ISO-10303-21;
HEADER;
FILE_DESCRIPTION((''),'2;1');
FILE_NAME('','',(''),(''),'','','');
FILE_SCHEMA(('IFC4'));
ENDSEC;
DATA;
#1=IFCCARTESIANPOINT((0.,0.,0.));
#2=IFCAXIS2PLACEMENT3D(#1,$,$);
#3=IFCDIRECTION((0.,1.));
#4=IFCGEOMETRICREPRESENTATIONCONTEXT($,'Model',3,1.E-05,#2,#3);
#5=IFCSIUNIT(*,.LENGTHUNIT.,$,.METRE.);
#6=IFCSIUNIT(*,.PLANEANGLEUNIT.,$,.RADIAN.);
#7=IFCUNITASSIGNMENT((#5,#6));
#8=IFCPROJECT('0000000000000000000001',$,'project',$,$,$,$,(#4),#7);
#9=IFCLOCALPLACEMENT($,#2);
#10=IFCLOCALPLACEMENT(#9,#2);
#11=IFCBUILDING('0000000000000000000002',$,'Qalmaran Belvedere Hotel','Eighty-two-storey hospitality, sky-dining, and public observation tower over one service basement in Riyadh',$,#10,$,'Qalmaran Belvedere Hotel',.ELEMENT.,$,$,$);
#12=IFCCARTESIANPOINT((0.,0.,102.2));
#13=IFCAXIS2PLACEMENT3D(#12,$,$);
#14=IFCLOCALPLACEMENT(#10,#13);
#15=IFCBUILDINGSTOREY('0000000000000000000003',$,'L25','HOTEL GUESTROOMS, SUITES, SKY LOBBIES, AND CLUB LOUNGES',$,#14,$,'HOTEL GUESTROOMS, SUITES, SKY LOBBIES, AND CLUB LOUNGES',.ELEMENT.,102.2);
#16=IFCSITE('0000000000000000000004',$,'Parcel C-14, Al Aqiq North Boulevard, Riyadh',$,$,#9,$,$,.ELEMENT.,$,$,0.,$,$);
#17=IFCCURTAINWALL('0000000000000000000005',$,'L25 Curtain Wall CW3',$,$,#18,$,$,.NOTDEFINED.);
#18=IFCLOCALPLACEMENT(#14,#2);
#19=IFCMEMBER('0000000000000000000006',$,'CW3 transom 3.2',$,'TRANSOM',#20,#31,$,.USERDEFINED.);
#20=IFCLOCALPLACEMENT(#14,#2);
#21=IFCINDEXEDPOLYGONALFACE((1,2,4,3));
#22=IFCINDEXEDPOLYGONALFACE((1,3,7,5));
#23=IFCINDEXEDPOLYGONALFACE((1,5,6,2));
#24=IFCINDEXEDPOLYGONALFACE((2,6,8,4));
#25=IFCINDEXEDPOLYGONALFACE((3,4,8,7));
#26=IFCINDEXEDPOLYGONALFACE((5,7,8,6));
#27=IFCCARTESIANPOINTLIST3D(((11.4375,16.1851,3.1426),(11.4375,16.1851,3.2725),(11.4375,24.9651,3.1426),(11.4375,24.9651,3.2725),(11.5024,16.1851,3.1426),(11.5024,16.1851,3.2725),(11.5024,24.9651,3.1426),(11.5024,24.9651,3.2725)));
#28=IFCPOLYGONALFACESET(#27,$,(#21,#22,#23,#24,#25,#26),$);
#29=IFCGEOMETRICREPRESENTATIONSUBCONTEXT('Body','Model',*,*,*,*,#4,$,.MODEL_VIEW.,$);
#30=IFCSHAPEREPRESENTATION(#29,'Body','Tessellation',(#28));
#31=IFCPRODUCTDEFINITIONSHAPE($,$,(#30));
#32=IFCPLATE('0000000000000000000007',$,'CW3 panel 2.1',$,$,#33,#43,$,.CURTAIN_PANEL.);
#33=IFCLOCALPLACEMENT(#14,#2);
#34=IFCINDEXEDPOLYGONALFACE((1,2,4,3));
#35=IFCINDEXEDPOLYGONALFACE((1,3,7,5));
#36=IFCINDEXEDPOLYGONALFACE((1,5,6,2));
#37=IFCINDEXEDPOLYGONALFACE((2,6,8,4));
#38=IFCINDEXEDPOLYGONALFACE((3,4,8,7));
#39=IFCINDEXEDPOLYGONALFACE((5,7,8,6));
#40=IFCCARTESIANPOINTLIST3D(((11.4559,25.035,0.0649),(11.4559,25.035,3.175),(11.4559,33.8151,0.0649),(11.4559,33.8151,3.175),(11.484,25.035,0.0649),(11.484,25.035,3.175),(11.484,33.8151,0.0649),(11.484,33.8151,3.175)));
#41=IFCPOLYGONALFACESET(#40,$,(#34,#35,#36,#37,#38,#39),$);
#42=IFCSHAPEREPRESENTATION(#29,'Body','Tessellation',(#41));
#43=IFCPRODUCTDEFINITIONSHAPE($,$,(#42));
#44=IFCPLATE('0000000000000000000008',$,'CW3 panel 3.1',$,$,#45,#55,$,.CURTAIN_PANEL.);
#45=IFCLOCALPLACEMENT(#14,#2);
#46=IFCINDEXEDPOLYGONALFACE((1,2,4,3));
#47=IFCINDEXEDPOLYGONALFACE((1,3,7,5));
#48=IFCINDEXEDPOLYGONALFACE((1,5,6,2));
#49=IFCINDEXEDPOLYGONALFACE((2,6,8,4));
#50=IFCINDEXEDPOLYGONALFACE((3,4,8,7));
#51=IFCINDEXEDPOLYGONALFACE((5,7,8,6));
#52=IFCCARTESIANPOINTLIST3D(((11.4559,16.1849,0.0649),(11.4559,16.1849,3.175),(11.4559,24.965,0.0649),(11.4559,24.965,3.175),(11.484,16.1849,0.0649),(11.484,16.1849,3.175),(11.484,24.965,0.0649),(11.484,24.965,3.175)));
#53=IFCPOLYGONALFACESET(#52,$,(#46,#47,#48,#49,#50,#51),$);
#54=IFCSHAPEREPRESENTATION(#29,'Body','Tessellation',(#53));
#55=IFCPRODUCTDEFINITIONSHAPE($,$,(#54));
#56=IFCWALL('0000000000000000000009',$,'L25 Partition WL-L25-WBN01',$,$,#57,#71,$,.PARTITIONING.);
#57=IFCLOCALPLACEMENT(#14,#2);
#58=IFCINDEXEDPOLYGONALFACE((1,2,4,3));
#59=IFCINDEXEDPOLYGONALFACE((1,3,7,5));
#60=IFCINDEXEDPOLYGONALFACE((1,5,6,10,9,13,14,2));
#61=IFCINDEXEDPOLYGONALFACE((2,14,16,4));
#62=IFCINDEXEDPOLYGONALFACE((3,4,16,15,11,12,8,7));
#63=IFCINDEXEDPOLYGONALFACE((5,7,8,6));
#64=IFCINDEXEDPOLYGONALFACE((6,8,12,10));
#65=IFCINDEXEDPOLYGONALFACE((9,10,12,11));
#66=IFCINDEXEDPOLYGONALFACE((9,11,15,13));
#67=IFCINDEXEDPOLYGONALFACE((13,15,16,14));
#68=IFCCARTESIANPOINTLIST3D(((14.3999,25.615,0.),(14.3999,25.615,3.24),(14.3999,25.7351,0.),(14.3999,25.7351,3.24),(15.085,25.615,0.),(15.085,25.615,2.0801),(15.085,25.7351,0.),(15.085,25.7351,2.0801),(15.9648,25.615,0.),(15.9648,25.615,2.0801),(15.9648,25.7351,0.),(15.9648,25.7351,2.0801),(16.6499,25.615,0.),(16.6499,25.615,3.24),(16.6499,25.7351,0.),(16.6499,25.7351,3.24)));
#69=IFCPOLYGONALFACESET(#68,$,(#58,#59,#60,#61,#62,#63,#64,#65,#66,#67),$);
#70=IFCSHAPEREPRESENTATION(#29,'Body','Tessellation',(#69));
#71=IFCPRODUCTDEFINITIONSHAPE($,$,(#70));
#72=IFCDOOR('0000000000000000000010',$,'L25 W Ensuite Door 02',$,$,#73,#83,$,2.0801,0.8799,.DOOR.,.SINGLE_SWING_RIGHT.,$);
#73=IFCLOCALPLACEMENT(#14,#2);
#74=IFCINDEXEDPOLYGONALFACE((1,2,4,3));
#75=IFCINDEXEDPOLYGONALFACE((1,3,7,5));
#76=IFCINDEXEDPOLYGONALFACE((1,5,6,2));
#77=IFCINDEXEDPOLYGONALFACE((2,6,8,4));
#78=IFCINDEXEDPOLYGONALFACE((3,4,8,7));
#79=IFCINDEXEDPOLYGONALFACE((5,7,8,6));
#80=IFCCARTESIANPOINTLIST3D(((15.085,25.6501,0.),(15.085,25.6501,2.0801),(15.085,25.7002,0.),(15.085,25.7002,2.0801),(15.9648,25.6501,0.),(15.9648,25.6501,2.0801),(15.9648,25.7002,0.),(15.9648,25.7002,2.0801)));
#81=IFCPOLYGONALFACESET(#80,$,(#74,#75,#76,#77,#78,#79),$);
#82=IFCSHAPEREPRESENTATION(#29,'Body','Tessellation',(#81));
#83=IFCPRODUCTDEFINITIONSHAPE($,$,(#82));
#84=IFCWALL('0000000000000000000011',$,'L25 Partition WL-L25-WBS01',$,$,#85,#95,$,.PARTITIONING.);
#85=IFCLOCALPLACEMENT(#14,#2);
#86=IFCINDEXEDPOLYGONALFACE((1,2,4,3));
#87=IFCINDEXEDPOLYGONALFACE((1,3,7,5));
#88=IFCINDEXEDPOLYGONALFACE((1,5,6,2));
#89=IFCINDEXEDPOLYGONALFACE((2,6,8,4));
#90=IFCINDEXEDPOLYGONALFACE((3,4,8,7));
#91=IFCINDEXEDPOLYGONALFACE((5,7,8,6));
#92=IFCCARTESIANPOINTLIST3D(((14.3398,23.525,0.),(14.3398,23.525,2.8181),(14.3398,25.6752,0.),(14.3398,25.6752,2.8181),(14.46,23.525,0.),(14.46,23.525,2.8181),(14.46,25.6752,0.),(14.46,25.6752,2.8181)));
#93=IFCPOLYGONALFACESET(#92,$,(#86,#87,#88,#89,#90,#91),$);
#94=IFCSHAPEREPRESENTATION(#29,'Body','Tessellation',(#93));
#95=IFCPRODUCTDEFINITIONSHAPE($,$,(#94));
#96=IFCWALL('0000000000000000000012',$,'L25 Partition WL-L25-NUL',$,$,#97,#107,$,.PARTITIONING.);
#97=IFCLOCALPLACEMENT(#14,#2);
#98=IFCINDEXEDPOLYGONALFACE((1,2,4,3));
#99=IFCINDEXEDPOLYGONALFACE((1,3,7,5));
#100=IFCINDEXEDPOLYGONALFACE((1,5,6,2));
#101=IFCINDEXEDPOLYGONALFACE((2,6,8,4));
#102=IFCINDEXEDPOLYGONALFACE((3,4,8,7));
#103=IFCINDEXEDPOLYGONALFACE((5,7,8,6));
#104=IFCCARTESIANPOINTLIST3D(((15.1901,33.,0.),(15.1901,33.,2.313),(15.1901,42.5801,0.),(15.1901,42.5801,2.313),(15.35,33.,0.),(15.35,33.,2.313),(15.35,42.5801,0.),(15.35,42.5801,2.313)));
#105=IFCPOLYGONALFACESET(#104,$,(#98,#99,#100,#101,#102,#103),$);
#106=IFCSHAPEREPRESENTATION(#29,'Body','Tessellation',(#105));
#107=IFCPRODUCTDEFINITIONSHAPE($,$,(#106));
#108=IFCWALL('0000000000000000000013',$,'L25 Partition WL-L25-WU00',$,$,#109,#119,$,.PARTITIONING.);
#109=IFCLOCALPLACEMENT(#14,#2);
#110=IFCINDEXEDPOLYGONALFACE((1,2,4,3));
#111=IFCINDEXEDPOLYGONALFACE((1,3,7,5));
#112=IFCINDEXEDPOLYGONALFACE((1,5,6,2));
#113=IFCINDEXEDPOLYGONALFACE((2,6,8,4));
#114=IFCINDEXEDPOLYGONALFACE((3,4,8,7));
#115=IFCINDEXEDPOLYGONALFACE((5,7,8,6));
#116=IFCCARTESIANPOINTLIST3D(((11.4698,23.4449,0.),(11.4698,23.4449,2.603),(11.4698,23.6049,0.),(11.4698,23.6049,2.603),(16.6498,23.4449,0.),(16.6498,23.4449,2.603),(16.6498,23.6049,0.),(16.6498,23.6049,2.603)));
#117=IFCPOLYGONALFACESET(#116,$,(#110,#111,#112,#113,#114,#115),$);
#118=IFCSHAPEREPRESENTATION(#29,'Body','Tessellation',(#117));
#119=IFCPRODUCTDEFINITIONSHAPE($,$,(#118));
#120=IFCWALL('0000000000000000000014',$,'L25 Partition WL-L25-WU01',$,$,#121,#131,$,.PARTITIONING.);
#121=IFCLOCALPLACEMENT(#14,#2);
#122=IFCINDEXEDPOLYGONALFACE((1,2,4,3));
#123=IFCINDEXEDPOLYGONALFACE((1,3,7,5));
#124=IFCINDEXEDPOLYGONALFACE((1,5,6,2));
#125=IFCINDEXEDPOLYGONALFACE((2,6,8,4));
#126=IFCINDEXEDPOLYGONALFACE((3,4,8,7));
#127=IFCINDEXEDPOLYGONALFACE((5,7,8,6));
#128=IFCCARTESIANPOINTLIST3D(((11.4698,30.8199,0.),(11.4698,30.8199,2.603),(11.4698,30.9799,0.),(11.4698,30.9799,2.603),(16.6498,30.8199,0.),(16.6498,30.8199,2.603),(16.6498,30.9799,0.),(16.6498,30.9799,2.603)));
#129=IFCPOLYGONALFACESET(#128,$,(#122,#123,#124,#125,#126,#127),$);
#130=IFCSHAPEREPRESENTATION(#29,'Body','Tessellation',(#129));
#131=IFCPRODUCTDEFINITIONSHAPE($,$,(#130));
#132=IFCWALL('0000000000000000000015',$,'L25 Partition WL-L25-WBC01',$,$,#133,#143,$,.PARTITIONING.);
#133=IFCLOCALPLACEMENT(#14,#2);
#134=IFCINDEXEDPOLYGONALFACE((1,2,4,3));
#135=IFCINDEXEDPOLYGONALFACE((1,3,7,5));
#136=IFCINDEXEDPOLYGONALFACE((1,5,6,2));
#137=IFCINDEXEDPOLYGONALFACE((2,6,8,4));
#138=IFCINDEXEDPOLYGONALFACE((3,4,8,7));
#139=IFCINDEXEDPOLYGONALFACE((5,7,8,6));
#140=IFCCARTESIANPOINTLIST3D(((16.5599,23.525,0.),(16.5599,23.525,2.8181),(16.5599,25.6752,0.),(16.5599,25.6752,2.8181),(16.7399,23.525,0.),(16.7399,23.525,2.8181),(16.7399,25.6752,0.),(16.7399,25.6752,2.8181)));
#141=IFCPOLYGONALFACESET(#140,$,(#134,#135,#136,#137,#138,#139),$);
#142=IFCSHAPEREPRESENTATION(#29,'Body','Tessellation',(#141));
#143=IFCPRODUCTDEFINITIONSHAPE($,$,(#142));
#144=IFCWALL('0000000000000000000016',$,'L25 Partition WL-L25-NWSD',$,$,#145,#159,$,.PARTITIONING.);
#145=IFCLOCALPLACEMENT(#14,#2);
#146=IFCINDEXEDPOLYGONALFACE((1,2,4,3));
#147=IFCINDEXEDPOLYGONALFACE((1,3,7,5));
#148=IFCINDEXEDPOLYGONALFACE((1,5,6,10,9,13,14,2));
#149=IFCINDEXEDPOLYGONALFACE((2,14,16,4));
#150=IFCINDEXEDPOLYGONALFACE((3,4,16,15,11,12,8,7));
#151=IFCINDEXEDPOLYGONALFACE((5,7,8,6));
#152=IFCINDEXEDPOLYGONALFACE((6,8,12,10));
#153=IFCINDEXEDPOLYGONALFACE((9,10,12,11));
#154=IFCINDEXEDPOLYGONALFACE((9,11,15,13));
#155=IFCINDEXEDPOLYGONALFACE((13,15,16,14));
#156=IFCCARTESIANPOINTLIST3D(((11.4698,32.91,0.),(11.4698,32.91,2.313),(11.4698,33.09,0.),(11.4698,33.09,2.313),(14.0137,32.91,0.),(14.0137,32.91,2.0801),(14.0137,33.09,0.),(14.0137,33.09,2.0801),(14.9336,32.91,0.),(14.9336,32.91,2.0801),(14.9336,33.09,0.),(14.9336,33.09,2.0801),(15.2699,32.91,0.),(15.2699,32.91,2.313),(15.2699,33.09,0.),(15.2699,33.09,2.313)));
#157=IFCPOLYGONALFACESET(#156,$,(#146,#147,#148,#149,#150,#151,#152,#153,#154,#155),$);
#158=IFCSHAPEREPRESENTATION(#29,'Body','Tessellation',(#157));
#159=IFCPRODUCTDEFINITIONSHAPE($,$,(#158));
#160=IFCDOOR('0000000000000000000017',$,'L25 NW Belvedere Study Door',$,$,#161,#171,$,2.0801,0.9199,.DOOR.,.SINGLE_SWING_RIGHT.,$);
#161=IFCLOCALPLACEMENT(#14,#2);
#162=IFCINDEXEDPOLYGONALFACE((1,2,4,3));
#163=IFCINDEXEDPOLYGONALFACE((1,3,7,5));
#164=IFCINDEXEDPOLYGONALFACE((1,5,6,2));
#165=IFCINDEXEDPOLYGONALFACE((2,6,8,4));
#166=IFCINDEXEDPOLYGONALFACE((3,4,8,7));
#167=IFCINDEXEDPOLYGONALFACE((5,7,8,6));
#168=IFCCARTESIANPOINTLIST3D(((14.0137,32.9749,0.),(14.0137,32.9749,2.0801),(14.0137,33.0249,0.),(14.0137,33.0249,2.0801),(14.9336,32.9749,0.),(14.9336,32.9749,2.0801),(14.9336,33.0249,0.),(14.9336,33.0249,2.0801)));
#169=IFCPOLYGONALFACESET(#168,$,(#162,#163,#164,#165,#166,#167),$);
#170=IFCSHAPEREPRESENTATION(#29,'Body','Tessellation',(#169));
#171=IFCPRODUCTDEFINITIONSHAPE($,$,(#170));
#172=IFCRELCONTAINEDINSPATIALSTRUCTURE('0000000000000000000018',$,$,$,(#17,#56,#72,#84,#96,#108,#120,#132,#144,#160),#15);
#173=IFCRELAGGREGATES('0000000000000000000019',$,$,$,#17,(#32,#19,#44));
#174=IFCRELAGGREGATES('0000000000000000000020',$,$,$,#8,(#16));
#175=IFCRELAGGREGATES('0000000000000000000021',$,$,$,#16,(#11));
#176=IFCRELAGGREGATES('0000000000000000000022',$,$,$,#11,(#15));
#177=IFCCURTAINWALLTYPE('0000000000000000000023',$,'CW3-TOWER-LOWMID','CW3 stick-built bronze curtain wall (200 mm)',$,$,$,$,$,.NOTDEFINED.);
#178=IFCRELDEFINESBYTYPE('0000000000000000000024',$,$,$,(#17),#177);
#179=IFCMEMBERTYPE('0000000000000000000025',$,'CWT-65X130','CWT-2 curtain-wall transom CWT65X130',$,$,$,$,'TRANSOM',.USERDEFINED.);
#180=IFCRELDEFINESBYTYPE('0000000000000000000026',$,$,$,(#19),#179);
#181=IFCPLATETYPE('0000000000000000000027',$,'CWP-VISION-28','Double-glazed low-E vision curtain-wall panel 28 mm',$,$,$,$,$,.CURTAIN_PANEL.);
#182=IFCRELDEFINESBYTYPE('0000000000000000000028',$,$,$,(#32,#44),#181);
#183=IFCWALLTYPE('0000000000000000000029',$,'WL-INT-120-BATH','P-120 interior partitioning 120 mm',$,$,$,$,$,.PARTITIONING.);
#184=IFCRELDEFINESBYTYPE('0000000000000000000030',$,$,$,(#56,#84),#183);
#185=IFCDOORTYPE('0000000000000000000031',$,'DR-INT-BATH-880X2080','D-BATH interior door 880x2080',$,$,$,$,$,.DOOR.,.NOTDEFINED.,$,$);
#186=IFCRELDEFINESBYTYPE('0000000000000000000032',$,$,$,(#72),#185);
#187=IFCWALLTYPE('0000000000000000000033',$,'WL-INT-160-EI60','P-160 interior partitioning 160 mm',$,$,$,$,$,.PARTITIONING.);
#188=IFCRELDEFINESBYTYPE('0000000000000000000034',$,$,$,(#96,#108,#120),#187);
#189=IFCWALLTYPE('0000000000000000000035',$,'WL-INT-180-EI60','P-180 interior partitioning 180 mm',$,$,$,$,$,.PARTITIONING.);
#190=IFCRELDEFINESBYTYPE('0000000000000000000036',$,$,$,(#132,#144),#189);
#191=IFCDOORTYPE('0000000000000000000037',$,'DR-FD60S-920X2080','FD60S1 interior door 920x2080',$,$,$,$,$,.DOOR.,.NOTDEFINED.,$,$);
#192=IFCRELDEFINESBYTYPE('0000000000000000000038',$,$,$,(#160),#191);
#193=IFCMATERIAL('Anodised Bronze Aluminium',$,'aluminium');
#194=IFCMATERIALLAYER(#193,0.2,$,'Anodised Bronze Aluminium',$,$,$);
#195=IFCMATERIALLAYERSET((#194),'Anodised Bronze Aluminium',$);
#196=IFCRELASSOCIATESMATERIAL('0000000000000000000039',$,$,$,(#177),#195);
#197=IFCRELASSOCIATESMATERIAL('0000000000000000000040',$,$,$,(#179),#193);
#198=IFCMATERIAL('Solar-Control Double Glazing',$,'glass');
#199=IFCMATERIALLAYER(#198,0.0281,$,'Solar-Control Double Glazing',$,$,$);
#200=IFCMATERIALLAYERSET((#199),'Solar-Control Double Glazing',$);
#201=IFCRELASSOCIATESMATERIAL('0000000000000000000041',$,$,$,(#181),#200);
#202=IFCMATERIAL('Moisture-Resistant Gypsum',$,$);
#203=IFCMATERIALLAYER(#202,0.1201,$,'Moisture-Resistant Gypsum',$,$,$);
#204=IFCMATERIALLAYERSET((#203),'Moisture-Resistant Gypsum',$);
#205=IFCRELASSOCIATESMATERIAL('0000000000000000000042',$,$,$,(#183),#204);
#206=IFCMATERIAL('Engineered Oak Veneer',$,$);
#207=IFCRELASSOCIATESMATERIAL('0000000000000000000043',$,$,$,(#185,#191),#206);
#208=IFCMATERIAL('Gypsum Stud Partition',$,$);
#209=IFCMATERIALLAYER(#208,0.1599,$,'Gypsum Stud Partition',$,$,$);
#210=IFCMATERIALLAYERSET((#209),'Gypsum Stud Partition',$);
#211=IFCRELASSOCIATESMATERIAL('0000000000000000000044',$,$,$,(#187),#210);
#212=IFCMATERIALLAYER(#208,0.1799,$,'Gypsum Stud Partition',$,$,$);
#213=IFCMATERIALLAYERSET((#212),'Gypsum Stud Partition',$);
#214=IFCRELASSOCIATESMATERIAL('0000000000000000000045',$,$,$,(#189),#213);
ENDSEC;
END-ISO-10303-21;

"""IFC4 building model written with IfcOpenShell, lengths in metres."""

from ifc_helpers import new_model, si_unit, direction, frame, frame_2d, origin, origin_2d, place, context, subcontext, project, spatial, rectangle, extrude, material, layer, layer_set, material_profile, profile_set, type_object, element, fill, aggregate, save


model = new_model("IFC4")

# Units and contexts
model_context = context("Model", 3, precision=1e-05, world=origin(), true_north=direction((0.0, 1.0)))
body_context = subcontext(model_context, "Body", "Model", "MODEL_VIEW")
ifc_project = project(units=[si_unit("LENGTHUNIT", "METRE"), si_unit("PLANEANGLEUNIT", "RADIAN")], contexts=[model_context])

# Site, building, storey
site_placement = place(None, origin())
site = spatial("IfcSite", under=ifc_project, at=site_placement, Name="Parcel C-14, Al Aqiq North Boulevard, Riyadh", CompositionType="ELEMENT", RefElevation=0.0)
building_placement = place(site_placement, origin())
building = spatial("IfcBuilding", under=site, at=building_placement, Name="Qalmaran Belvedere Hotel", Description="Eighty-two-storey hospitality, sky-dining, and public observation tower over one service basement in Riyadh", LongName="Qalmaran Belvedere Hotel", CompositionType="ELEMENT")
storey_placement = place(building_placement, frame((0.0, 0.0, 102.2)))
storey = spatial("IfcBuildingStorey", under=building, at=storey_placement, Name="L25", Description="HOTEL GUESTROOMS, SUITES, SKY LOBBIES, AND CLUB LOUNGES", LongName="HOTEL GUESTROOMS, SUITES, SKY LOBBIES, AND CLUB LOUNGES", CompositionType="ELEMENT", Elevation=102.2)

# Curtain wall, member, plates
ifc_material_1 = material(Name="Anodised Bronze Aluminium", Category="aluminium")
ifc_layer_1 = layer(ifc_material_1, 0.2, Name="Anodised Bronze Aluminium")
ifc_layer_set_1 = layer_set([ifc_layer_1], Name="Anodised Bronze Aluminium")
curtain_wall_type = type_object("IfcCurtainWallType", Name="CW3-TOWER-LOWMID", Description="CW3 stick-built bronze curtain wall (200 mm)", PredefinedType="NOTDEFINED", material=ifc_layer_set_1)
curtain_wall_placement = place(storey_placement, origin())
curtain_wall = element("IfcCurtainWall", 1, at=curtain_wall_placement, inside=storey, type_object=curtain_wall_type, Name="L25 Curtain Wall CW3", PredefinedType="NOTDEFINED")
ifc_material_profile_1 = material_profile(ifc_material_1, rectangle(XDim=0.0649, YDim=0.1299, at=origin_2d()), Name="CWT65X130")
ifc_profile_set_1 = profile_set([ifc_material_profile_1], Name="Anodised Bronze Aluminium")
member_type_1 = type_object("IfcMemberType", Name="CWT-65X130", Description="CWT-2 curtain-wall transom CWT65X130", ElementType="TRANSOM", PredefinedType="USERDEFINED", material=ifc_profile_set_1)
member_1_placement = place(storey_placement, frame((11.47, 24.9651, 3.2075), z_axis=(0.0, -1.0, 0.0), x_axis=(1.0, 0.0, 0.0)))
member_1 = element("IfcMember", 2, at=member_1_placement, type_object=member_type_1, Name="CW3 transom 3.2", ObjectType="TRANSOM", PredefinedType="USERDEFINED", context=body_context, shape_type="SweptSolid", body=[
    extrude(rectangle(XDim=0.0649, YDim=0.1299, at=origin_2d()), origin(), (0.0, 0.0, 1.0), 8.78),
])
ifc_material_2 = material(Name="Solar-Control Double Glazing", Category="glass")
ifc_layer_2 = layer(ifc_material_2, 0.0281, Name="Solar-Control Double Glazing")
ifc_layer_set_2 = layer_set([ifc_layer_2], Name="Solar-Control Double Glazing")
plate_type = type_object("IfcPlateType", Name="CWP-VISION-28", Description="Double-glazed low-E vision curtain-wall panel 28 mm", PredefinedType="CURTAIN_PANEL", material=ifc_layer_set_2)
plate_1_placement = place(storey_placement, frame((11.47, 29.425, 0.0649), z_axis=(0.0, 0.0, 1.0), x_axis=(0.0, -1.0, 0.0)))
plate_1 = element("IfcPlate", 3, at=plate_1_placement, type_object=plate_type, Name="CW3 panel 2.1", PredefinedType="CURTAIN_PANEL", context=body_context, shape_type="SweptSolid", body=[
    extrude(rectangle(XDim=8.78, YDim=0.0281, at=origin_2d()), origin(), (0.0, 0.0, 1.0), 3.1101),
])
plate_2_placement = place(storey_placement, frame((11.47, 20.575, 0.0649), z_axis=(0.0, 0.0, 1.0), x_axis=(0.0, -1.0, 0.0)))
plate_2 = element("IfcPlate", 4, at=plate_2_placement, type_object=plate_type, Name="CW3 panel 3.1", PredefinedType="CURTAIN_PANEL", context=body_context, shape_type="SweptSolid", body=[
    extrude(rectangle(XDim=8.78, YDim=0.0281, at=origin_2d()), origin(), (0.0, 0.0, 1.0), 3.1101),
])
aggregate(curtain_wall, [plate_1, member_1, plate_2])

# Wall, opening, door
ifc_material_3 = material(Name="Moisture-Resistant Gypsum")
ifc_layer_3 = layer(ifc_material_3, 0.1201, Name="Moisture-Resistant Gypsum")
ifc_layer_set_3 = layer_set([ifc_layer_3], Name="Moisture-Resistant Gypsum")
wall_type_1 = type_object("IfcWallType", Name="WL-INT-120-BATH", Description="P-120 interior partitioning 120 mm", PredefinedType="PARTITIONING", material=ifc_layer_set_3)
wall_1_placement = place(storey_placement, frame((14.3999, 25.675, 0.0), z_axis=(0.0, 0.0, 1.0), x_axis=(1.0, 0.0, 0.0)))
wall_1 = element("IfcWall", 5, at=wall_1_placement, inside=storey, type_object=wall_type_1, Name="L25 Partition WL-L25-WBN01", PredefinedType="PARTITIONING", context=body_context, shape_type="SweptSolid", body=[
    extrude(rectangle(XDim=2.25, YDim=0.1201, at=frame_2d((1.125, 0.0))), origin(), (0.0, 0.0, 1.0), 3.24),
])
opening_1_placement = place(wall_1_placement, frame((1.5649, 0.0, 0.0), z_axis=(0.0, 0.0, 1.0), x_axis=(-1.0, 0.0, 0.0)))
opening_1 = element("IfcOpeningElement", 6, at=opening_1_placement, cuts=wall_1, PredefinedType="OPENING", context=body_context, shape_type="SweptSolid", body=[
    extrude(rectangle(XDim=0.8799, YDim=2.0801, at=frame_2d((0.4399, 1.04))), frame((0.0, 0.0701, 0.0), z_axis=(0.0, -1.0, 0.0), x_axis=(1.0, 0.0, 0.0)), (0.0, 0.0, 1.0), 0.1401),
])
ifc_material_4 = material(Name="Engineered Oak Veneer")
door_type_1 = type_object("IfcDoorType", Name="DR-INT-BATH-880X2080", Description="D-BATH interior door 880x2080", OperationType="NOTDEFINED", PredefinedType="DOOR", material=ifc_material_4)
door_1_placement = place(opening_1_placement, origin())
door_1 = element("IfcDoor", 7, at=door_1_placement, inside=storey, type_object=door_type_1, Name="L25 W Ensuite Door 02", OperationType="SINGLE_SWING_RIGHT", OverallHeight=2.0801, OverallWidth=0.8799, PredefinedType="DOOR", context=body_context, shape_type="SweptSolid", body=[
    extrude(rectangle(XDim=0.8799, YDim=2.0801, at=frame_2d((0.4399, 1.04))), frame((0.0, 0.0249, 0.0), z_axis=(0.0, -1.0, 0.0), x_axis=(1.0, 0.0, 0.0)), (0.0, 0.0, 1.0), 0.05),
])
fill(opening_1, door_1)

# Wall
wall_2_placement = place(storey_placement, frame((14.3999, 23.5249, 0.0), z_axis=(0.0, 0.0, 1.0), x_axis=(0.0, 1.0, 0.0)))
element("IfcWall", 8, at=wall_2_placement, inside=storey, type_object=wall_type_1, Name="L25 Partition WL-L25-WBS01", PredefinedType="PARTITIONING", context=body_context, shape_type="SweptSolid", body=[
    extrude(rectangle(XDim=2.1501, YDim=0.1201, at=frame_2d((1.0752, 0.0))), origin(), (0.0, 0.0, 1.0), 2.8181),
])

# Shared definitions
ifc_material_5 = material(Name="Gypsum Stud Partition")

# Walls
ifc_layer_4 = layer(ifc_material_5, 0.1599, Name="Gypsum Stud Partition")
ifc_layer_set_4 = layer_set([ifc_layer_4], Name="Gypsum Stud Partition")
wall_type_2 = type_object("IfcWallType", Name="WL-INT-160-EI60", Description="P-160 interior partitioning 160 mm", PredefinedType="PARTITIONING", material=ifc_layer_set_4)
wall_3_placement = place(storey_placement, frame((15.27, 33.0, 0.0), z_axis=(0.0, 0.0, 1.0), x_axis=(0.0, 1.0, 0.0)))
element("IfcWall", 9, at=wall_3_placement, inside=storey, type_object=wall_type_2, Name="L25 Partition WL-L25-NUL", PredefinedType="PARTITIONING", context=body_context, shape_type="SweptSolid", body=[
    extrude(rectangle(XDim=9.5801, YDim=0.1599, at=frame_2d((4.79, 0.0))), origin(), (0.0, 0.0, 1.0), 2.313),
])
for number, where, z_axis, x_axis, name in (
    (10, (11.47, 23.5249, 0.0), (0.0, 0.0, 1.0), (1.0, 0.0, 0.0), "L25 Partition WL-L25-WU00"),
    (11, (11.47, 30.8999, 0.0), (0.0, 0.0, 1.0), (1.0, 0.0, 0.0), "L25 Partition WL-L25-WU01"),
):
    element("IfcWall", number, at=place(storey_placement, frame(where, z_axis=z_axis, x_axis=x_axis)), inside=storey, type_object=wall_type_2, Name=name, PredefinedType="PARTITIONING", context=body_context, shape_type="SweptSolid", body=[
        extrude(rectangle(XDim=5.1799, YDim=0.1599, at=frame_2d((2.5898, 0.0))), origin(), (0.0, 0.0, 1.0), 2.603),
    ])

# Shared definitions
ifc_layer_5 = layer(ifc_material_5, 0.1799, Name="Gypsum Stud Partition")
ifc_layer_set_5 = layer_set([ifc_layer_5], Name="Gypsum Stud Partition")
wall_type_3 = type_object("IfcWallType", Name="WL-INT-180-EI60", Description="P-180 interior partitioning 180 mm", PredefinedType="PARTITIONING", material=ifc_layer_set_5)

# Wall
wall_4_placement = place(storey_placement, frame((16.6499, 23.5249, 0.0), z_axis=(0.0, 0.0, 1.0), x_axis=(0.0, 1.0, 0.0)))
element("IfcWall", 12, at=wall_4_placement, inside=storey, type_object=wall_type_3, Name="L25 Partition WL-L25-WBC01", PredefinedType="PARTITIONING", context=body_context, shape_type="SweptSolid", body=[
    extrude(rectangle(XDim=2.1501, YDim=0.1799, at=frame_2d((1.0752, 0.0))), origin(), (0.0, 0.0, 1.0), 2.8181),
])

# Wall, opening, door
wall_5_placement = place(storey_placement, frame((11.47, 33.0, 0.0), z_axis=(0.0, 0.0, 1.0), x_axis=(1.0, 0.0, 0.0)))
wall_5 = element("IfcWall", 13, at=wall_5_placement, inside=storey, type_object=wall_type_3, Name="L25 Partition WL-L25-NWSD", PredefinedType="PARTITIONING", context=body_context, shape_type="SweptSolid", body=[
    extrude(rectangle(XDim=3.8, YDim=0.1799, at=frame_2d((1.8999, 0.0))), origin(), (0.0, 0.0, 1.0), 2.313),
])
opening_2_placement = place(wall_5_placement, frame((2.5437, 0.0, 0.0)))
opening_2 = element("IfcOpeningElement", 14, at=opening_2_placement, cuts=wall_5, PredefinedType="OPENING", context=body_context, shape_type="SweptSolid", body=[
    extrude(rectangle(XDim=0.9199, YDim=2.0801, at=frame_2d((0.46, 1.04))), frame((0.0, 0.1001, 0.0), z_axis=(0.0, -1.0, 0.0), x_axis=(1.0, 0.0, 0.0)), (0.0, 0.0, 1.0), 0.2),
])
door_type_2 = type_object("IfcDoorType", Name="DR-FD60S-920X2080", Description="FD60S1 interior door 920x2080", OperationType="NOTDEFINED", PredefinedType="DOOR", material=ifc_material_4)
door_2_placement = place(opening_2_placement, origin())
door_2 = element("IfcDoor", 15, at=door_2_placement, inside=storey, type_object=door_type_2, Name="L25 NW Belvedere Study Door", OperationType="SINGLE_SWING_RIGHT", OverallHeight=2.0801, OverallWidth=0.9199, PredefinedType="DOOR", context=body_context, shape_type="SweptSolid", body=[
    extrude(rectangle(XDim=0.9199, YDim=2.0801, at=frame_2d((0.46, 1.04))), frame((0.0, 0.0249, 0.0), z_axis=(0.0, -1.0, 0.0), x_axis=(1.0, 0.0, 0.0)), (0.0, 0.0, 1.0), 0.05),
])
fill(opening_2, door_2)

save(model, "model.ifc")
